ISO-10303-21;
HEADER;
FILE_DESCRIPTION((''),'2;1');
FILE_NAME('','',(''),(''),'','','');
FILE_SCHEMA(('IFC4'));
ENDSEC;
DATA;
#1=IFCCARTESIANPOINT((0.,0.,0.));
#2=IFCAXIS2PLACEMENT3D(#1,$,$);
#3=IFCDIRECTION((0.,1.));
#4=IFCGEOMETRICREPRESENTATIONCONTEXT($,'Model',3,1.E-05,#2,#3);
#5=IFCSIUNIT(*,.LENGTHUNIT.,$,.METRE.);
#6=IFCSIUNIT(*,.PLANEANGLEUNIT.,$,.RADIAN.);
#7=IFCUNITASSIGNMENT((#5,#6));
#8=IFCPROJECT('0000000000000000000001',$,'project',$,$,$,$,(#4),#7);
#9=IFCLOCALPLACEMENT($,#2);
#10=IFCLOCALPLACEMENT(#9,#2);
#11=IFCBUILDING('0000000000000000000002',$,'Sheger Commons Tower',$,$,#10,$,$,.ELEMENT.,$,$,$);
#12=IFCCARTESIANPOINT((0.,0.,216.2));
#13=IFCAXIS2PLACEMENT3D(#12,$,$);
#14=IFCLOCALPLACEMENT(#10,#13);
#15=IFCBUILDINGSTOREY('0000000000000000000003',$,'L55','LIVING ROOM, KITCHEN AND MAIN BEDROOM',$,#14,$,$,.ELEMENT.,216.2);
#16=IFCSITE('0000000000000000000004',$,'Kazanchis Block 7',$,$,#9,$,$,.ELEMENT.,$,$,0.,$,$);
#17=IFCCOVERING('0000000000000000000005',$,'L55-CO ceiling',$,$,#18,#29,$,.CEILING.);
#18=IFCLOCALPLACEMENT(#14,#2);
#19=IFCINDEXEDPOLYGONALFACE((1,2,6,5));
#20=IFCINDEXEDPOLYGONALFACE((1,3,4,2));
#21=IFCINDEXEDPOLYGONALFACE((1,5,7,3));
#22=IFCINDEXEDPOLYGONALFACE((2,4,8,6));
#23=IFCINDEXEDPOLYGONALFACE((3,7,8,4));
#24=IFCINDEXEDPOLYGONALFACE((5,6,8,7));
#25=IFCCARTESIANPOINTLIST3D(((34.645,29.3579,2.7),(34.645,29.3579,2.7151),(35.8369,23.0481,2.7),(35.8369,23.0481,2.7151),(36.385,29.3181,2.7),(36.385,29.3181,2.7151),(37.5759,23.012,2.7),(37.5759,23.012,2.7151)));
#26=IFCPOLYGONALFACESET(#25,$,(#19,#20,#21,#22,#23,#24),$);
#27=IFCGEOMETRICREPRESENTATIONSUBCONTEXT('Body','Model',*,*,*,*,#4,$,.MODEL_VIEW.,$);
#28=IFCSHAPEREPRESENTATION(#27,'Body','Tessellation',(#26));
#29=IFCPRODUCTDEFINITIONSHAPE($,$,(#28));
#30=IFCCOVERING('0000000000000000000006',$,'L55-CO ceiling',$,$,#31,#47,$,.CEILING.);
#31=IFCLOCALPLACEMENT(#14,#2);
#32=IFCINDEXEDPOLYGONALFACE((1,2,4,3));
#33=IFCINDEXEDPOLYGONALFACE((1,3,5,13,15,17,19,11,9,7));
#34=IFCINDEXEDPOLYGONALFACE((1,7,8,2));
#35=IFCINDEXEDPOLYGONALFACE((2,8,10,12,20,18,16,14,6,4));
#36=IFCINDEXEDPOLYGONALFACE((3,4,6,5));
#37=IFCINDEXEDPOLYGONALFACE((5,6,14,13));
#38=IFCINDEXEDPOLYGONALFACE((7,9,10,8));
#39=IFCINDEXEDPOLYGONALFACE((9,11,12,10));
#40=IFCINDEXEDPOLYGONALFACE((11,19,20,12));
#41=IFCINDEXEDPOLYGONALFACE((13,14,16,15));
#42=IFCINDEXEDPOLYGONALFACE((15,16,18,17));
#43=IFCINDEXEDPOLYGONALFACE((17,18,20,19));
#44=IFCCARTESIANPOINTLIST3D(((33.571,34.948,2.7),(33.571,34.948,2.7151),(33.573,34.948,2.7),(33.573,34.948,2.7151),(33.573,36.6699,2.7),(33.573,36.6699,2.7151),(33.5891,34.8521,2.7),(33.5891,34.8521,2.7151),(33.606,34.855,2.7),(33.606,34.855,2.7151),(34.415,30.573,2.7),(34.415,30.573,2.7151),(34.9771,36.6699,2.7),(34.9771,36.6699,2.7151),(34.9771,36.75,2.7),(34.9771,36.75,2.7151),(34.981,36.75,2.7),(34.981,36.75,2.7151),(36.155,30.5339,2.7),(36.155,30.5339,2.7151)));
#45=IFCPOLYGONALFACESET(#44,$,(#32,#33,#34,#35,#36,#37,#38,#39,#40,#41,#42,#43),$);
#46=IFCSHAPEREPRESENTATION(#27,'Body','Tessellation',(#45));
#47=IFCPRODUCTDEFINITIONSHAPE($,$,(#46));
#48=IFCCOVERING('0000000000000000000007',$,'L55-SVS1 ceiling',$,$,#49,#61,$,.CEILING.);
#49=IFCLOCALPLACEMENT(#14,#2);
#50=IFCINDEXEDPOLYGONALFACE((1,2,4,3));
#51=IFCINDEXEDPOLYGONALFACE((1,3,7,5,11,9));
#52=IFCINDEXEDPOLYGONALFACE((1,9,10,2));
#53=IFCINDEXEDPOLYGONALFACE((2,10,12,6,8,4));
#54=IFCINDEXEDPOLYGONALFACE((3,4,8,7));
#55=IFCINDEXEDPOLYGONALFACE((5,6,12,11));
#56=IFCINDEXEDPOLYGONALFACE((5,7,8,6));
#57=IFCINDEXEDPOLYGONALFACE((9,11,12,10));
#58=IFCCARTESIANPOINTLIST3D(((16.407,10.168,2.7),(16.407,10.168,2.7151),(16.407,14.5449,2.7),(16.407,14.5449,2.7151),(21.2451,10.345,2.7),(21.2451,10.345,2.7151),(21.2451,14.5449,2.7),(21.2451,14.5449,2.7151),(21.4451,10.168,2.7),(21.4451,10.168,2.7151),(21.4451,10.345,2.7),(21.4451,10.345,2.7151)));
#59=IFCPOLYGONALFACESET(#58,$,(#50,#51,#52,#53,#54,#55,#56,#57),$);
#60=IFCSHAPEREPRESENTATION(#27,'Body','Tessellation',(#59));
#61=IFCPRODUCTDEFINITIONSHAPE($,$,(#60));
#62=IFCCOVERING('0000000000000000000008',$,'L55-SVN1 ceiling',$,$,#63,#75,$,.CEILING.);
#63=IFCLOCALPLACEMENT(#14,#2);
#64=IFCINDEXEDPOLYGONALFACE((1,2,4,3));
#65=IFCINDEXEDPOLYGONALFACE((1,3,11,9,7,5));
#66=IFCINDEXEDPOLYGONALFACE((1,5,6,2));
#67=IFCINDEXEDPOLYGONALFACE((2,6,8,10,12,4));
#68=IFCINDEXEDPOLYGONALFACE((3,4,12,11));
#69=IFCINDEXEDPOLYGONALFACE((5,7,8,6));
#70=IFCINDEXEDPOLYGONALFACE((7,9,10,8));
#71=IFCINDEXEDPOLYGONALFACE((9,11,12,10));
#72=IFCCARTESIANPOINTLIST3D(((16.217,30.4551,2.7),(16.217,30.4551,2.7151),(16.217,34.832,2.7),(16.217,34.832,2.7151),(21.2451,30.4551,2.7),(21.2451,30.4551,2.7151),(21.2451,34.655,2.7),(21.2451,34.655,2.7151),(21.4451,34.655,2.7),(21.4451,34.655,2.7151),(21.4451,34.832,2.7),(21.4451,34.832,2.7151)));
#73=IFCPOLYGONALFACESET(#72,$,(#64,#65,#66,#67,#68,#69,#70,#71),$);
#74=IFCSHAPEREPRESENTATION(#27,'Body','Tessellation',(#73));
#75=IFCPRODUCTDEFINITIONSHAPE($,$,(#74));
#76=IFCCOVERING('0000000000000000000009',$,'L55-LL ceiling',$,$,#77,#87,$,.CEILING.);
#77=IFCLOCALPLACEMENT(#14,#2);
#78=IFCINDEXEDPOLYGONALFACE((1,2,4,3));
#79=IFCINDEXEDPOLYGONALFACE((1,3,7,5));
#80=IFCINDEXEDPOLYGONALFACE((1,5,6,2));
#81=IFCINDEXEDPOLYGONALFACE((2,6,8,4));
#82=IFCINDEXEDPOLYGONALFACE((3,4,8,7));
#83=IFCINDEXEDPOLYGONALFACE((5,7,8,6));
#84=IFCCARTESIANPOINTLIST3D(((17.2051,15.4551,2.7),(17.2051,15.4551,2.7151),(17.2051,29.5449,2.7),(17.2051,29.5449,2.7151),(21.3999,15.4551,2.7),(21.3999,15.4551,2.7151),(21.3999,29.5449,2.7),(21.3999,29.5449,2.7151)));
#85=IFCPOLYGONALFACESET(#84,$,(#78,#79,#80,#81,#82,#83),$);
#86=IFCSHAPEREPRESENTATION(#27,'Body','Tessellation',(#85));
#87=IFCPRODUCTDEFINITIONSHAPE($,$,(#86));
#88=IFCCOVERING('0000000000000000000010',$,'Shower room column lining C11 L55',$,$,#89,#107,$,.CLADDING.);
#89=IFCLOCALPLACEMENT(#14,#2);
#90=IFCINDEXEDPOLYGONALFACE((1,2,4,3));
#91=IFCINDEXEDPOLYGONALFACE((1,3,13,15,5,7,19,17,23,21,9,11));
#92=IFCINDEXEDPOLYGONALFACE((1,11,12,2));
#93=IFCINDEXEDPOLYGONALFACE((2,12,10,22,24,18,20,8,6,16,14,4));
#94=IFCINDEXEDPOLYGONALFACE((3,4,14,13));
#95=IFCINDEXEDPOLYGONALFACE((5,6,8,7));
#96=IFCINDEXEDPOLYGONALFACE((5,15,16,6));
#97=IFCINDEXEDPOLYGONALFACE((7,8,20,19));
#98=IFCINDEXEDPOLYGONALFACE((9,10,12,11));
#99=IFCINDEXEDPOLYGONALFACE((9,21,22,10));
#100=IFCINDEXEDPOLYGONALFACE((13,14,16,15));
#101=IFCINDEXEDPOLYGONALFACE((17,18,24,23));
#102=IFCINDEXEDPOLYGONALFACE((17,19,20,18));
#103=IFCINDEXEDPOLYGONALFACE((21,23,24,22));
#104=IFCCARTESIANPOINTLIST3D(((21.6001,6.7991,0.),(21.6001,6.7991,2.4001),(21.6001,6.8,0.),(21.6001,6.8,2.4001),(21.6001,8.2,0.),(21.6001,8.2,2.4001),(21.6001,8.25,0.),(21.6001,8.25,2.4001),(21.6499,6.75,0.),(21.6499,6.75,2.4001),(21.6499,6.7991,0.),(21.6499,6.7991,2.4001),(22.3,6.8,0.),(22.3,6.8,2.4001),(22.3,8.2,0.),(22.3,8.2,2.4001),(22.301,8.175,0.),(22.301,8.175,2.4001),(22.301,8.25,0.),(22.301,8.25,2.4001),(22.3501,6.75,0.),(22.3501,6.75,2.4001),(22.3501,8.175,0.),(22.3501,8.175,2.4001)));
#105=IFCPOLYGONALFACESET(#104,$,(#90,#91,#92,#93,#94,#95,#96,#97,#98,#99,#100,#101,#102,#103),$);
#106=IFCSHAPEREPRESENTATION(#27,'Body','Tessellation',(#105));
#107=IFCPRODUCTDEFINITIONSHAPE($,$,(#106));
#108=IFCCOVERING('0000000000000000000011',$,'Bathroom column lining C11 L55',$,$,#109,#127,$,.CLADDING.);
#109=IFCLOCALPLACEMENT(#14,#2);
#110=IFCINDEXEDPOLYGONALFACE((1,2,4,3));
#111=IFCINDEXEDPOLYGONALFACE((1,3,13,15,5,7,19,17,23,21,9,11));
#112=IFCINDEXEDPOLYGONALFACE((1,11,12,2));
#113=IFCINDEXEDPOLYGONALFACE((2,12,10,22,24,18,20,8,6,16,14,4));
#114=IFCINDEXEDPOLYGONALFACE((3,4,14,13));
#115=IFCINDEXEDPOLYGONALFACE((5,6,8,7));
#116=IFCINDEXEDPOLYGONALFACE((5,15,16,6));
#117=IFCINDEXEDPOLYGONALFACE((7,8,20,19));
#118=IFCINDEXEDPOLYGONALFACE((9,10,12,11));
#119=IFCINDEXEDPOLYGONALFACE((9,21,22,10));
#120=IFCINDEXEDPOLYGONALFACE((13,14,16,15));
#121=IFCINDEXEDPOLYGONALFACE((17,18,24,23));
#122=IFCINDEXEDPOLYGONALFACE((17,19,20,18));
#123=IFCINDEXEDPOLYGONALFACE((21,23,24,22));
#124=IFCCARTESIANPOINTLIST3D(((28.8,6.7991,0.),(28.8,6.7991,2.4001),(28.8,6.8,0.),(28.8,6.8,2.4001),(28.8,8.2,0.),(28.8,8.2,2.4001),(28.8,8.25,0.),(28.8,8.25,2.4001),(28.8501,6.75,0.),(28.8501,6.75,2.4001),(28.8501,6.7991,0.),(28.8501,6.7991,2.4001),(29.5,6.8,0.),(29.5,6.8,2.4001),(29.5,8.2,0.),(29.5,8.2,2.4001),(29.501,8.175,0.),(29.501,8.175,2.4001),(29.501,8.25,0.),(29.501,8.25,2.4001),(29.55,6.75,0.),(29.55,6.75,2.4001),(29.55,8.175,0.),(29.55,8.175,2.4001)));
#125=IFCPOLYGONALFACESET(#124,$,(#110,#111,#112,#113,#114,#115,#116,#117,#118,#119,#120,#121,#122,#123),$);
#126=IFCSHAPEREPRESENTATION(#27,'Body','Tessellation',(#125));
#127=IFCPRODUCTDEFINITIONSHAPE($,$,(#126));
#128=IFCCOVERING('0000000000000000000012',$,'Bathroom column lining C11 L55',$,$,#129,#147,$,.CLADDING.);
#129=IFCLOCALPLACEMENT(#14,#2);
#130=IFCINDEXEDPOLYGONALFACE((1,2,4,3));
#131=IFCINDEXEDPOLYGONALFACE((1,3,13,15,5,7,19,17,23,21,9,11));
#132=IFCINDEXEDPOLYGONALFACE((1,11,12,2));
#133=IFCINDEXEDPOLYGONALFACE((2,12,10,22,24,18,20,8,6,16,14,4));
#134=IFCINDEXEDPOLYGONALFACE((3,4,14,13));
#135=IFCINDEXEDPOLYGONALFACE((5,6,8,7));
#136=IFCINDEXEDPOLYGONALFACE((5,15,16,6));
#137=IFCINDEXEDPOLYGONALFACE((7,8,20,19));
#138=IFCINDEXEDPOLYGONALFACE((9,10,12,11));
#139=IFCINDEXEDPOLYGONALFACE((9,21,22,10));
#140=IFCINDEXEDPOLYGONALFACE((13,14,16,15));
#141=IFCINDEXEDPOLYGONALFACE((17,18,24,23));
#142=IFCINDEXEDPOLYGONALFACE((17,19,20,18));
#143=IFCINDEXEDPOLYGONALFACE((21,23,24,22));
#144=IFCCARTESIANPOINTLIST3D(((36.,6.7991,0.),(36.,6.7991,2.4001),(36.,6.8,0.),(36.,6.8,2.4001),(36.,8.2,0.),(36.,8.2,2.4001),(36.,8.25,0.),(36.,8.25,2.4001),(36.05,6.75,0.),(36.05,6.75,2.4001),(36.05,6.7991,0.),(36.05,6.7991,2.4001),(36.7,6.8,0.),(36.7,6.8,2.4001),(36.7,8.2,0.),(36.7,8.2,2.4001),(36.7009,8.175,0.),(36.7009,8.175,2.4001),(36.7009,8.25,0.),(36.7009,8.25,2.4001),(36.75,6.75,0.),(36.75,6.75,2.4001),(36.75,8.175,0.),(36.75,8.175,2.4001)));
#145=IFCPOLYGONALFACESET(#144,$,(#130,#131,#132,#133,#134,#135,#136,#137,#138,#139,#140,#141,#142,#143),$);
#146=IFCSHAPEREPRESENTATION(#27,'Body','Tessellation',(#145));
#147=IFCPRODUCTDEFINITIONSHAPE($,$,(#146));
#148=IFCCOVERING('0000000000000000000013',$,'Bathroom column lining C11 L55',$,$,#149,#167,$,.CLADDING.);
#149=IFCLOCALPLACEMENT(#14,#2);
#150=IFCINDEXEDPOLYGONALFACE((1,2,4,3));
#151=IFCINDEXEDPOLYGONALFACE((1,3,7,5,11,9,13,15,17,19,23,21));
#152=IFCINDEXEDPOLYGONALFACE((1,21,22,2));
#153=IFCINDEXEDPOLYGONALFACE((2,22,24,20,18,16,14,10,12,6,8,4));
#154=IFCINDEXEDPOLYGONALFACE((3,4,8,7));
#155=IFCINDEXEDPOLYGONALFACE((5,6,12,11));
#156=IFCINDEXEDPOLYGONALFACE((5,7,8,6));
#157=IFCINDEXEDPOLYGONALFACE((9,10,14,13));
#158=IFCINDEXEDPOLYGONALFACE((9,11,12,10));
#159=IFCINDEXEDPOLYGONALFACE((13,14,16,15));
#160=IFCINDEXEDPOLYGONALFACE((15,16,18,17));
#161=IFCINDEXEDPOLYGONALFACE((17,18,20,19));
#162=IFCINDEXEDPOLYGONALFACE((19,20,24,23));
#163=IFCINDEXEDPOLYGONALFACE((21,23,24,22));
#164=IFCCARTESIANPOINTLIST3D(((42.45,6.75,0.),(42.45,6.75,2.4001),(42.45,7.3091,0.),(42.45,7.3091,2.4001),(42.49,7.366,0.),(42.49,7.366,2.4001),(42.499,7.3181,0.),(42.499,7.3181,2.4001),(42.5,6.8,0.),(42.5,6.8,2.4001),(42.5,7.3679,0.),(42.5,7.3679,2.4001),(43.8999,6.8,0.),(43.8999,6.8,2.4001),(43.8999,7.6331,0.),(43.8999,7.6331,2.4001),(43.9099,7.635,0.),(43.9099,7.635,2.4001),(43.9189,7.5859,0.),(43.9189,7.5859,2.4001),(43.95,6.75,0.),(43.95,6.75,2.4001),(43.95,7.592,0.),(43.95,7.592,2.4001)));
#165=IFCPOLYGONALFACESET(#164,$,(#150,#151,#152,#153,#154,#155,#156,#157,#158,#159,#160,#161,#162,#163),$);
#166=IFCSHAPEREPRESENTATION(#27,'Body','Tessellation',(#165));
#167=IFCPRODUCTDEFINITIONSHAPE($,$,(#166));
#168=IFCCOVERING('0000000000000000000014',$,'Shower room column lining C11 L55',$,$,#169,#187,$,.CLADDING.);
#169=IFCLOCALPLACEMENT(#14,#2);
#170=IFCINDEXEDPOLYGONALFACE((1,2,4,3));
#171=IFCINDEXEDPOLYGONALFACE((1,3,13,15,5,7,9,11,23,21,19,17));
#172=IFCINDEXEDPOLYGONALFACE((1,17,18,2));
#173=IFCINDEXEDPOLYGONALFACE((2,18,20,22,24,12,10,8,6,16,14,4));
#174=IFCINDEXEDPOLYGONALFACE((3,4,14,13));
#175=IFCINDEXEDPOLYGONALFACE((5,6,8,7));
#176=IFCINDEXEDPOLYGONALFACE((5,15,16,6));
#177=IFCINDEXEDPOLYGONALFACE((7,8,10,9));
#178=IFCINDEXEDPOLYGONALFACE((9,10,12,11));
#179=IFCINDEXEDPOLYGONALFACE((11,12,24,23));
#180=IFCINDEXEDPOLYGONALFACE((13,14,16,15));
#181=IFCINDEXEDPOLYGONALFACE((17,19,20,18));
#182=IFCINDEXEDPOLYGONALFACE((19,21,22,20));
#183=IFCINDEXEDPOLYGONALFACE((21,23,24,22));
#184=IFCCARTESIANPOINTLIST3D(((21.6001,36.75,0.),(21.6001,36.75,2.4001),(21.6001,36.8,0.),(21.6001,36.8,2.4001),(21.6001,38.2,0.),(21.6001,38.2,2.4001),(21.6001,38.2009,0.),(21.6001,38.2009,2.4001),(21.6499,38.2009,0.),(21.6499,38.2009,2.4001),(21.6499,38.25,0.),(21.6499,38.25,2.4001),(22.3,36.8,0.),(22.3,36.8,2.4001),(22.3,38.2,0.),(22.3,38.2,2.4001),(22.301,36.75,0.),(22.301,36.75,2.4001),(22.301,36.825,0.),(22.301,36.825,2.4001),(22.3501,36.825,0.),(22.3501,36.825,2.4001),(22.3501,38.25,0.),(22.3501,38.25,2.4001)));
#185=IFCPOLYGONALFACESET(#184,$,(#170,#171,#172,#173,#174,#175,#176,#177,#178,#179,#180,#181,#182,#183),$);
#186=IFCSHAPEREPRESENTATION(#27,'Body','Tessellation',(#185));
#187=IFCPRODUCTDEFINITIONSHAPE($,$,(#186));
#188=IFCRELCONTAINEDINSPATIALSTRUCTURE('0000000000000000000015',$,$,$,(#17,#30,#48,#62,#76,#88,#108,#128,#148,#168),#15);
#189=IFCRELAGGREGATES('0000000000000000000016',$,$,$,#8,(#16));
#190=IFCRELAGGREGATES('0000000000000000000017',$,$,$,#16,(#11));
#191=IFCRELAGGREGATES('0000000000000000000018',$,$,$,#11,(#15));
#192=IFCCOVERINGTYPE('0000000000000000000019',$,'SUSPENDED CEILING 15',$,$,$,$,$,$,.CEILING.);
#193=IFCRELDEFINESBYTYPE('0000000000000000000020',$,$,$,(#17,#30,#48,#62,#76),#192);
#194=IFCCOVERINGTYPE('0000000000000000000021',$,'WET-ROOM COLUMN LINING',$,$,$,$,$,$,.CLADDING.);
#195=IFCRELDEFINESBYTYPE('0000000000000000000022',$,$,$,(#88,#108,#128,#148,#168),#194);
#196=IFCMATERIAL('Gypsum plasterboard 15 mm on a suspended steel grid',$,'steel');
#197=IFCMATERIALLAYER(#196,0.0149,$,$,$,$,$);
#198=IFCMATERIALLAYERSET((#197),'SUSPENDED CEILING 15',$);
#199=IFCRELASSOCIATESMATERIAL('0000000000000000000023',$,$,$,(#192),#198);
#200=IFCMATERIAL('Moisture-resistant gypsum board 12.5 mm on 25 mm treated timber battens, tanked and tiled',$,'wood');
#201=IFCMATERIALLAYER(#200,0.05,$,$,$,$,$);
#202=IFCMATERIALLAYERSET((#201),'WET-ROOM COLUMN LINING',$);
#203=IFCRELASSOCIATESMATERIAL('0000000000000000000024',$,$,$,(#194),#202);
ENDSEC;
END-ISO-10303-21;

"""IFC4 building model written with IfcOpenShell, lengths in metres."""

from ifc_helpers import new_model, si_unit, direction, frame, origin, place, context, subcontext, project, spatial, polyline, outline, extrude, material, layer, layer_set, type_object, element, save


model = new_model("IFC4")

# Units and contexts
model_context = context("Model", 3, precision=1e-05, world=origin(), true_north=direction((0.0, 1.0)))
body_context = subcontext(model_context, "Body", "Model", "MODEL_VIEW")
ifc_project = project(units=[si_unit("LENGTHUNIT", "METRE"), si_unit("PLANEANGLEUNIT", "RADIAN")], contexts=[model_context])

# Site, building, storey
site_placement = place(None, origin())
site = spatial("IfcSite", under=ifc_project, at=site_placement, Name="Kazanchis Block 7", CompositionType="ELEMENT", RefElevation=0.0)
building_placement = place(site_placement, origin())
building = spatial("IfcBuilding", under=site, at=building_placement, Name="Sheger Commons Tower", CompositionType="ELEMENT")
storey_placement = place(building_placement, frame((0.0, 0.0, 216.2)))
storey = spatial("IfcBuildingStorey", under=building, at=storey_placement, Name="L55", Description="LIVING ROOM, KITCHEN AND MAIN BEDROOM", CompositionType="ELEMENT", Elevation=216.2)

# Coverings
ifc_material_1 = material(Name="Gypsum plasterboard 15 mm on a suspended steel grid", Category="steel")
ifc_layer_1 = layer(ifc_material_1, 0.0149)
ifc_layer_set_1 = layer_set([ifc_layer_1], Name="SUSPENDED CEILING 15")
covering_type_1 = type_object("IfcCoveringType", Name="SUSPENDED CEILING 15", PredefinedType="CEILING", material=ifc_layer_set_1)
covering_1_placement = place(storey_placement, frame((0.0, 0.0, 2.7)))
element("IfcCovering", 1, at=covering_1_placement, inside=storey, type_object=covering_type_1, Name="L55-CO ceiling", PredefinedType="CEILING", context=body_context, shape_type="SweptSolid", body=[
    extrude(outline(polyline([(37.5759, 23.012), (36.385, 29.3181), (34.645, 29.3579), (35.8369, 23.0481), (37.5759, 23.012)])), origin(), (0.0, 0.0, 1.0), 0.0151),
])
covering_2_placement = place(storey_placement, frame((0.0, 0.0, 2.7)))
element("IfcCovering", 2, at=covering_2_placement, inside=storey, type_object=covering_type_1, Name="L55-CO ceiling", PredefinedType="CEILING", context=body_context, shape_type="SweptSolid", body=[
    extrude(outline(polyline([(36.155, 30.5339), (34.981, 36.75), (34.9771, 36.75), (34.9771, 36.6699), (33.573, 36.6699), (33.573, 34.948), (33.571, 34.948), (33.5891, 34.8521), (33.606, 34.855), (34.415, 30.573), (36.155, 30.5339)])), origin(), (0.0, 0.0, 1.0), 0.0151),
])
covering_3_placement = place(storey_placement, frame((0.0, 0.0, 2.7)))
element("IfcCovering", 3, at=covering_3_placement, inside=storey, type_object=covering_type_1, Name="L55-SVS1 ceiling", PredefinedType="CEILING", context=body_context, shape_type="SweptSolid", body=[
    extrude(outline(polyline([(16.407, 10.168), (21.4451, 10.168), (21.4451, 10.345), (21.2451, 10.345), (21.2451, 14.5449), (16.407, 14.5449), (16.407, 10.168)])), origin(), (0.0, 0.0, 1.0), 0.0151),
])
covering_4_placement = place(storey_placement, frame((0.0, 0.0, 2.7)))
element("IfcCovering", 4, at=covering_4_placement, inside=storey, type_object=covering_type_1, Name="L55-SVN1 ceiling", PredefinedType="CEILING", context=body_context, shape_type="SweptSolid", body=[
    extrude(outline(polyline([(16.217, 30.4551), (21.2451, 30.4551), (21.2451, 34.655), (21.4451, 34.655), (21.4451, 34.832), (16.217, 34.832), (16.217, 30.4551)])), origin(), (0.0, 0.0, 1.0), 0.0151),
])
covering_5_placement = place(storey_placement, frame((0.0, 0.0, 2.7)))
element("IfcCovering", 5, at=covering_5_placement, inside=storey, type_object=covering_type_1, Name="L55-LL ceiling", PredefinedType="CEILING", context=body_context, shape_type="SweptSolid", body=[
    extrude(outline(polyline([(17.2051, 15.4551), (21.3999, 15.4551), (21.3999, 29.5449), (17.2051, 29.5449), (17.2051, 15.4551)])), origin(), (0.0, 0.0, 1.0), 0.0151),
])
ifc_material_2 = material(Name="Moisture-resistant gypsum board 12.5 mm on 25 mm treated timber battens, tanked and tiled", Category="wood")
ifc_layer_2 = layer(ifc_material_2, 0.05)
ifc_layer_set_2 = layer_set([ifc_layer_2], Name="WET-ROOM COLUMN LINING")
covering_type_2 = type_object("IfcCoveringType", Name="WET-ROOM COLUMN LINING", PredefinedType="CLADDING", material=ifc_layer_set_2)
covering_6_placement = place(storey_placement, origin())
element("IfcCovering", 6, at=covering_6_placement, inside=storey, type_object=covering_type_2, Name="Shower room column lining C11 L55", PredefinedType="CLADDING", context=body_context, shape_type="SweptSolid", body=[
    extrude(outline(polyline([(22.3501, 6.75), (21.6499, 6.75), (21.6499, 6.7991), (21.6001, 6.7991), (21.6001, 6.8), (22.3, 6.8), (22.3, 8.2), (21.6001, 8.2), (21.6001, 8.25), (22.301, 8.25), (22.301, 8.175), (22.3501, 8.175), (22.3501, 6.75)])), origin(), (0.0, 0.0, 1.0), 2.4001),
])
covering_7_placement = place(storey_placement, origin())
element("IfcCovering", 7, at=covering_7_placement, inside=storey, type_object=covering_type_2, Name="Bathroom column lining C11 L55", PredefinedType="CLADDING", context=body_context, shape_type="SweptSolid", body=[
    extrude(outline(polyline([(29.55, 6.75), (28.8501, 6.75), (28.8501, 6.7991), (28.8, 6.7991), (28.8, 6.8), (29.5, 6.8), (29.5, 8.2), (28.8, 8.2), (28.8, 8.25), (29.501, 8.25), (29.501, 8.175), (29.55, 8.175), (29.55, 6.75)])), origin(), (0.0, 0.0, 1.0), 2.4001),
])
covering_8_placement = place(storey_placement, origin())
element("IfcCovering", 8, at=covering_8_placement, inside=storey, type_object=covering_type_2, Name="Bathroom column lining C11 L55", PredefinedType="CLADDING", context=body_context, shape_type="SweptSolid", body=[
    extrude(outline(polyline([(36.75, 6.75), (36.05, 6.75), (36.05, 6.7991), (36.0, 6.7991), (36.0, 6.8), (36.7, 6.8), (36.7, 8.2), (36.0, 8.2), (36.0, 8.25), (36.7009, 8.25), (36.7009, 8.175), (36.75, 8.175), (36.75, 6.75)])), origin(), (0.0, 0.0, 1.0), 2.4001),
])
covering_9_placement = place(storey_placement, origin())
element("IfcCovering", 9, at=covering_9_placement, inside=storey, type_object=covering_type_2, Name="Bathroom column lining C11 L55", PredefinedType="CLADDING", context=body_context, shape_type="SweptSolid", body=[
    extrude(outline(polyline([(42.5, 7.3679), (42.5, 6.8), (43.8999, 6.8), (43.8999, 7.6331), (43.9099, 7.635), (43.9189, 7.5859), (43.95, 7.592), (43.95, 6.75), (42.45, 6.75), (42.45, 7.3091), (42.499, 7.3181), (42.49, 7.366), (42.5, 7.3679)])), origin(), (0.0, 0.0, 1.0), 2.4001),
])
covering_10_placement = place(storey_placement, origin())
element("IfcCovering", 10, at=covering_10_placement, inside=storey, type_object=covering_type_2, Name="Shower room column lining C11 L55", PredefinedType="CLADDING", context=body_context, shape_type="SweptSolid", body=[
    extrude(outline(polyline([(22.3501, 36.825), (22.301, 36.825), (22.301, 36.75), (21.6001, 36.75), (21.6001, 36.8), (22.3, 36.8), (22.3, 38.2), (21.6001, 38.2), (21.6001, 38.2009), (21.6499, 38.2009), (21.6499, 38.25), (22.3501, 38.25), (22.3501, 36.825)])), origin(), (0.0, 0.0, 1.0), 2.4001),
])

save(model, "model.ifc")
